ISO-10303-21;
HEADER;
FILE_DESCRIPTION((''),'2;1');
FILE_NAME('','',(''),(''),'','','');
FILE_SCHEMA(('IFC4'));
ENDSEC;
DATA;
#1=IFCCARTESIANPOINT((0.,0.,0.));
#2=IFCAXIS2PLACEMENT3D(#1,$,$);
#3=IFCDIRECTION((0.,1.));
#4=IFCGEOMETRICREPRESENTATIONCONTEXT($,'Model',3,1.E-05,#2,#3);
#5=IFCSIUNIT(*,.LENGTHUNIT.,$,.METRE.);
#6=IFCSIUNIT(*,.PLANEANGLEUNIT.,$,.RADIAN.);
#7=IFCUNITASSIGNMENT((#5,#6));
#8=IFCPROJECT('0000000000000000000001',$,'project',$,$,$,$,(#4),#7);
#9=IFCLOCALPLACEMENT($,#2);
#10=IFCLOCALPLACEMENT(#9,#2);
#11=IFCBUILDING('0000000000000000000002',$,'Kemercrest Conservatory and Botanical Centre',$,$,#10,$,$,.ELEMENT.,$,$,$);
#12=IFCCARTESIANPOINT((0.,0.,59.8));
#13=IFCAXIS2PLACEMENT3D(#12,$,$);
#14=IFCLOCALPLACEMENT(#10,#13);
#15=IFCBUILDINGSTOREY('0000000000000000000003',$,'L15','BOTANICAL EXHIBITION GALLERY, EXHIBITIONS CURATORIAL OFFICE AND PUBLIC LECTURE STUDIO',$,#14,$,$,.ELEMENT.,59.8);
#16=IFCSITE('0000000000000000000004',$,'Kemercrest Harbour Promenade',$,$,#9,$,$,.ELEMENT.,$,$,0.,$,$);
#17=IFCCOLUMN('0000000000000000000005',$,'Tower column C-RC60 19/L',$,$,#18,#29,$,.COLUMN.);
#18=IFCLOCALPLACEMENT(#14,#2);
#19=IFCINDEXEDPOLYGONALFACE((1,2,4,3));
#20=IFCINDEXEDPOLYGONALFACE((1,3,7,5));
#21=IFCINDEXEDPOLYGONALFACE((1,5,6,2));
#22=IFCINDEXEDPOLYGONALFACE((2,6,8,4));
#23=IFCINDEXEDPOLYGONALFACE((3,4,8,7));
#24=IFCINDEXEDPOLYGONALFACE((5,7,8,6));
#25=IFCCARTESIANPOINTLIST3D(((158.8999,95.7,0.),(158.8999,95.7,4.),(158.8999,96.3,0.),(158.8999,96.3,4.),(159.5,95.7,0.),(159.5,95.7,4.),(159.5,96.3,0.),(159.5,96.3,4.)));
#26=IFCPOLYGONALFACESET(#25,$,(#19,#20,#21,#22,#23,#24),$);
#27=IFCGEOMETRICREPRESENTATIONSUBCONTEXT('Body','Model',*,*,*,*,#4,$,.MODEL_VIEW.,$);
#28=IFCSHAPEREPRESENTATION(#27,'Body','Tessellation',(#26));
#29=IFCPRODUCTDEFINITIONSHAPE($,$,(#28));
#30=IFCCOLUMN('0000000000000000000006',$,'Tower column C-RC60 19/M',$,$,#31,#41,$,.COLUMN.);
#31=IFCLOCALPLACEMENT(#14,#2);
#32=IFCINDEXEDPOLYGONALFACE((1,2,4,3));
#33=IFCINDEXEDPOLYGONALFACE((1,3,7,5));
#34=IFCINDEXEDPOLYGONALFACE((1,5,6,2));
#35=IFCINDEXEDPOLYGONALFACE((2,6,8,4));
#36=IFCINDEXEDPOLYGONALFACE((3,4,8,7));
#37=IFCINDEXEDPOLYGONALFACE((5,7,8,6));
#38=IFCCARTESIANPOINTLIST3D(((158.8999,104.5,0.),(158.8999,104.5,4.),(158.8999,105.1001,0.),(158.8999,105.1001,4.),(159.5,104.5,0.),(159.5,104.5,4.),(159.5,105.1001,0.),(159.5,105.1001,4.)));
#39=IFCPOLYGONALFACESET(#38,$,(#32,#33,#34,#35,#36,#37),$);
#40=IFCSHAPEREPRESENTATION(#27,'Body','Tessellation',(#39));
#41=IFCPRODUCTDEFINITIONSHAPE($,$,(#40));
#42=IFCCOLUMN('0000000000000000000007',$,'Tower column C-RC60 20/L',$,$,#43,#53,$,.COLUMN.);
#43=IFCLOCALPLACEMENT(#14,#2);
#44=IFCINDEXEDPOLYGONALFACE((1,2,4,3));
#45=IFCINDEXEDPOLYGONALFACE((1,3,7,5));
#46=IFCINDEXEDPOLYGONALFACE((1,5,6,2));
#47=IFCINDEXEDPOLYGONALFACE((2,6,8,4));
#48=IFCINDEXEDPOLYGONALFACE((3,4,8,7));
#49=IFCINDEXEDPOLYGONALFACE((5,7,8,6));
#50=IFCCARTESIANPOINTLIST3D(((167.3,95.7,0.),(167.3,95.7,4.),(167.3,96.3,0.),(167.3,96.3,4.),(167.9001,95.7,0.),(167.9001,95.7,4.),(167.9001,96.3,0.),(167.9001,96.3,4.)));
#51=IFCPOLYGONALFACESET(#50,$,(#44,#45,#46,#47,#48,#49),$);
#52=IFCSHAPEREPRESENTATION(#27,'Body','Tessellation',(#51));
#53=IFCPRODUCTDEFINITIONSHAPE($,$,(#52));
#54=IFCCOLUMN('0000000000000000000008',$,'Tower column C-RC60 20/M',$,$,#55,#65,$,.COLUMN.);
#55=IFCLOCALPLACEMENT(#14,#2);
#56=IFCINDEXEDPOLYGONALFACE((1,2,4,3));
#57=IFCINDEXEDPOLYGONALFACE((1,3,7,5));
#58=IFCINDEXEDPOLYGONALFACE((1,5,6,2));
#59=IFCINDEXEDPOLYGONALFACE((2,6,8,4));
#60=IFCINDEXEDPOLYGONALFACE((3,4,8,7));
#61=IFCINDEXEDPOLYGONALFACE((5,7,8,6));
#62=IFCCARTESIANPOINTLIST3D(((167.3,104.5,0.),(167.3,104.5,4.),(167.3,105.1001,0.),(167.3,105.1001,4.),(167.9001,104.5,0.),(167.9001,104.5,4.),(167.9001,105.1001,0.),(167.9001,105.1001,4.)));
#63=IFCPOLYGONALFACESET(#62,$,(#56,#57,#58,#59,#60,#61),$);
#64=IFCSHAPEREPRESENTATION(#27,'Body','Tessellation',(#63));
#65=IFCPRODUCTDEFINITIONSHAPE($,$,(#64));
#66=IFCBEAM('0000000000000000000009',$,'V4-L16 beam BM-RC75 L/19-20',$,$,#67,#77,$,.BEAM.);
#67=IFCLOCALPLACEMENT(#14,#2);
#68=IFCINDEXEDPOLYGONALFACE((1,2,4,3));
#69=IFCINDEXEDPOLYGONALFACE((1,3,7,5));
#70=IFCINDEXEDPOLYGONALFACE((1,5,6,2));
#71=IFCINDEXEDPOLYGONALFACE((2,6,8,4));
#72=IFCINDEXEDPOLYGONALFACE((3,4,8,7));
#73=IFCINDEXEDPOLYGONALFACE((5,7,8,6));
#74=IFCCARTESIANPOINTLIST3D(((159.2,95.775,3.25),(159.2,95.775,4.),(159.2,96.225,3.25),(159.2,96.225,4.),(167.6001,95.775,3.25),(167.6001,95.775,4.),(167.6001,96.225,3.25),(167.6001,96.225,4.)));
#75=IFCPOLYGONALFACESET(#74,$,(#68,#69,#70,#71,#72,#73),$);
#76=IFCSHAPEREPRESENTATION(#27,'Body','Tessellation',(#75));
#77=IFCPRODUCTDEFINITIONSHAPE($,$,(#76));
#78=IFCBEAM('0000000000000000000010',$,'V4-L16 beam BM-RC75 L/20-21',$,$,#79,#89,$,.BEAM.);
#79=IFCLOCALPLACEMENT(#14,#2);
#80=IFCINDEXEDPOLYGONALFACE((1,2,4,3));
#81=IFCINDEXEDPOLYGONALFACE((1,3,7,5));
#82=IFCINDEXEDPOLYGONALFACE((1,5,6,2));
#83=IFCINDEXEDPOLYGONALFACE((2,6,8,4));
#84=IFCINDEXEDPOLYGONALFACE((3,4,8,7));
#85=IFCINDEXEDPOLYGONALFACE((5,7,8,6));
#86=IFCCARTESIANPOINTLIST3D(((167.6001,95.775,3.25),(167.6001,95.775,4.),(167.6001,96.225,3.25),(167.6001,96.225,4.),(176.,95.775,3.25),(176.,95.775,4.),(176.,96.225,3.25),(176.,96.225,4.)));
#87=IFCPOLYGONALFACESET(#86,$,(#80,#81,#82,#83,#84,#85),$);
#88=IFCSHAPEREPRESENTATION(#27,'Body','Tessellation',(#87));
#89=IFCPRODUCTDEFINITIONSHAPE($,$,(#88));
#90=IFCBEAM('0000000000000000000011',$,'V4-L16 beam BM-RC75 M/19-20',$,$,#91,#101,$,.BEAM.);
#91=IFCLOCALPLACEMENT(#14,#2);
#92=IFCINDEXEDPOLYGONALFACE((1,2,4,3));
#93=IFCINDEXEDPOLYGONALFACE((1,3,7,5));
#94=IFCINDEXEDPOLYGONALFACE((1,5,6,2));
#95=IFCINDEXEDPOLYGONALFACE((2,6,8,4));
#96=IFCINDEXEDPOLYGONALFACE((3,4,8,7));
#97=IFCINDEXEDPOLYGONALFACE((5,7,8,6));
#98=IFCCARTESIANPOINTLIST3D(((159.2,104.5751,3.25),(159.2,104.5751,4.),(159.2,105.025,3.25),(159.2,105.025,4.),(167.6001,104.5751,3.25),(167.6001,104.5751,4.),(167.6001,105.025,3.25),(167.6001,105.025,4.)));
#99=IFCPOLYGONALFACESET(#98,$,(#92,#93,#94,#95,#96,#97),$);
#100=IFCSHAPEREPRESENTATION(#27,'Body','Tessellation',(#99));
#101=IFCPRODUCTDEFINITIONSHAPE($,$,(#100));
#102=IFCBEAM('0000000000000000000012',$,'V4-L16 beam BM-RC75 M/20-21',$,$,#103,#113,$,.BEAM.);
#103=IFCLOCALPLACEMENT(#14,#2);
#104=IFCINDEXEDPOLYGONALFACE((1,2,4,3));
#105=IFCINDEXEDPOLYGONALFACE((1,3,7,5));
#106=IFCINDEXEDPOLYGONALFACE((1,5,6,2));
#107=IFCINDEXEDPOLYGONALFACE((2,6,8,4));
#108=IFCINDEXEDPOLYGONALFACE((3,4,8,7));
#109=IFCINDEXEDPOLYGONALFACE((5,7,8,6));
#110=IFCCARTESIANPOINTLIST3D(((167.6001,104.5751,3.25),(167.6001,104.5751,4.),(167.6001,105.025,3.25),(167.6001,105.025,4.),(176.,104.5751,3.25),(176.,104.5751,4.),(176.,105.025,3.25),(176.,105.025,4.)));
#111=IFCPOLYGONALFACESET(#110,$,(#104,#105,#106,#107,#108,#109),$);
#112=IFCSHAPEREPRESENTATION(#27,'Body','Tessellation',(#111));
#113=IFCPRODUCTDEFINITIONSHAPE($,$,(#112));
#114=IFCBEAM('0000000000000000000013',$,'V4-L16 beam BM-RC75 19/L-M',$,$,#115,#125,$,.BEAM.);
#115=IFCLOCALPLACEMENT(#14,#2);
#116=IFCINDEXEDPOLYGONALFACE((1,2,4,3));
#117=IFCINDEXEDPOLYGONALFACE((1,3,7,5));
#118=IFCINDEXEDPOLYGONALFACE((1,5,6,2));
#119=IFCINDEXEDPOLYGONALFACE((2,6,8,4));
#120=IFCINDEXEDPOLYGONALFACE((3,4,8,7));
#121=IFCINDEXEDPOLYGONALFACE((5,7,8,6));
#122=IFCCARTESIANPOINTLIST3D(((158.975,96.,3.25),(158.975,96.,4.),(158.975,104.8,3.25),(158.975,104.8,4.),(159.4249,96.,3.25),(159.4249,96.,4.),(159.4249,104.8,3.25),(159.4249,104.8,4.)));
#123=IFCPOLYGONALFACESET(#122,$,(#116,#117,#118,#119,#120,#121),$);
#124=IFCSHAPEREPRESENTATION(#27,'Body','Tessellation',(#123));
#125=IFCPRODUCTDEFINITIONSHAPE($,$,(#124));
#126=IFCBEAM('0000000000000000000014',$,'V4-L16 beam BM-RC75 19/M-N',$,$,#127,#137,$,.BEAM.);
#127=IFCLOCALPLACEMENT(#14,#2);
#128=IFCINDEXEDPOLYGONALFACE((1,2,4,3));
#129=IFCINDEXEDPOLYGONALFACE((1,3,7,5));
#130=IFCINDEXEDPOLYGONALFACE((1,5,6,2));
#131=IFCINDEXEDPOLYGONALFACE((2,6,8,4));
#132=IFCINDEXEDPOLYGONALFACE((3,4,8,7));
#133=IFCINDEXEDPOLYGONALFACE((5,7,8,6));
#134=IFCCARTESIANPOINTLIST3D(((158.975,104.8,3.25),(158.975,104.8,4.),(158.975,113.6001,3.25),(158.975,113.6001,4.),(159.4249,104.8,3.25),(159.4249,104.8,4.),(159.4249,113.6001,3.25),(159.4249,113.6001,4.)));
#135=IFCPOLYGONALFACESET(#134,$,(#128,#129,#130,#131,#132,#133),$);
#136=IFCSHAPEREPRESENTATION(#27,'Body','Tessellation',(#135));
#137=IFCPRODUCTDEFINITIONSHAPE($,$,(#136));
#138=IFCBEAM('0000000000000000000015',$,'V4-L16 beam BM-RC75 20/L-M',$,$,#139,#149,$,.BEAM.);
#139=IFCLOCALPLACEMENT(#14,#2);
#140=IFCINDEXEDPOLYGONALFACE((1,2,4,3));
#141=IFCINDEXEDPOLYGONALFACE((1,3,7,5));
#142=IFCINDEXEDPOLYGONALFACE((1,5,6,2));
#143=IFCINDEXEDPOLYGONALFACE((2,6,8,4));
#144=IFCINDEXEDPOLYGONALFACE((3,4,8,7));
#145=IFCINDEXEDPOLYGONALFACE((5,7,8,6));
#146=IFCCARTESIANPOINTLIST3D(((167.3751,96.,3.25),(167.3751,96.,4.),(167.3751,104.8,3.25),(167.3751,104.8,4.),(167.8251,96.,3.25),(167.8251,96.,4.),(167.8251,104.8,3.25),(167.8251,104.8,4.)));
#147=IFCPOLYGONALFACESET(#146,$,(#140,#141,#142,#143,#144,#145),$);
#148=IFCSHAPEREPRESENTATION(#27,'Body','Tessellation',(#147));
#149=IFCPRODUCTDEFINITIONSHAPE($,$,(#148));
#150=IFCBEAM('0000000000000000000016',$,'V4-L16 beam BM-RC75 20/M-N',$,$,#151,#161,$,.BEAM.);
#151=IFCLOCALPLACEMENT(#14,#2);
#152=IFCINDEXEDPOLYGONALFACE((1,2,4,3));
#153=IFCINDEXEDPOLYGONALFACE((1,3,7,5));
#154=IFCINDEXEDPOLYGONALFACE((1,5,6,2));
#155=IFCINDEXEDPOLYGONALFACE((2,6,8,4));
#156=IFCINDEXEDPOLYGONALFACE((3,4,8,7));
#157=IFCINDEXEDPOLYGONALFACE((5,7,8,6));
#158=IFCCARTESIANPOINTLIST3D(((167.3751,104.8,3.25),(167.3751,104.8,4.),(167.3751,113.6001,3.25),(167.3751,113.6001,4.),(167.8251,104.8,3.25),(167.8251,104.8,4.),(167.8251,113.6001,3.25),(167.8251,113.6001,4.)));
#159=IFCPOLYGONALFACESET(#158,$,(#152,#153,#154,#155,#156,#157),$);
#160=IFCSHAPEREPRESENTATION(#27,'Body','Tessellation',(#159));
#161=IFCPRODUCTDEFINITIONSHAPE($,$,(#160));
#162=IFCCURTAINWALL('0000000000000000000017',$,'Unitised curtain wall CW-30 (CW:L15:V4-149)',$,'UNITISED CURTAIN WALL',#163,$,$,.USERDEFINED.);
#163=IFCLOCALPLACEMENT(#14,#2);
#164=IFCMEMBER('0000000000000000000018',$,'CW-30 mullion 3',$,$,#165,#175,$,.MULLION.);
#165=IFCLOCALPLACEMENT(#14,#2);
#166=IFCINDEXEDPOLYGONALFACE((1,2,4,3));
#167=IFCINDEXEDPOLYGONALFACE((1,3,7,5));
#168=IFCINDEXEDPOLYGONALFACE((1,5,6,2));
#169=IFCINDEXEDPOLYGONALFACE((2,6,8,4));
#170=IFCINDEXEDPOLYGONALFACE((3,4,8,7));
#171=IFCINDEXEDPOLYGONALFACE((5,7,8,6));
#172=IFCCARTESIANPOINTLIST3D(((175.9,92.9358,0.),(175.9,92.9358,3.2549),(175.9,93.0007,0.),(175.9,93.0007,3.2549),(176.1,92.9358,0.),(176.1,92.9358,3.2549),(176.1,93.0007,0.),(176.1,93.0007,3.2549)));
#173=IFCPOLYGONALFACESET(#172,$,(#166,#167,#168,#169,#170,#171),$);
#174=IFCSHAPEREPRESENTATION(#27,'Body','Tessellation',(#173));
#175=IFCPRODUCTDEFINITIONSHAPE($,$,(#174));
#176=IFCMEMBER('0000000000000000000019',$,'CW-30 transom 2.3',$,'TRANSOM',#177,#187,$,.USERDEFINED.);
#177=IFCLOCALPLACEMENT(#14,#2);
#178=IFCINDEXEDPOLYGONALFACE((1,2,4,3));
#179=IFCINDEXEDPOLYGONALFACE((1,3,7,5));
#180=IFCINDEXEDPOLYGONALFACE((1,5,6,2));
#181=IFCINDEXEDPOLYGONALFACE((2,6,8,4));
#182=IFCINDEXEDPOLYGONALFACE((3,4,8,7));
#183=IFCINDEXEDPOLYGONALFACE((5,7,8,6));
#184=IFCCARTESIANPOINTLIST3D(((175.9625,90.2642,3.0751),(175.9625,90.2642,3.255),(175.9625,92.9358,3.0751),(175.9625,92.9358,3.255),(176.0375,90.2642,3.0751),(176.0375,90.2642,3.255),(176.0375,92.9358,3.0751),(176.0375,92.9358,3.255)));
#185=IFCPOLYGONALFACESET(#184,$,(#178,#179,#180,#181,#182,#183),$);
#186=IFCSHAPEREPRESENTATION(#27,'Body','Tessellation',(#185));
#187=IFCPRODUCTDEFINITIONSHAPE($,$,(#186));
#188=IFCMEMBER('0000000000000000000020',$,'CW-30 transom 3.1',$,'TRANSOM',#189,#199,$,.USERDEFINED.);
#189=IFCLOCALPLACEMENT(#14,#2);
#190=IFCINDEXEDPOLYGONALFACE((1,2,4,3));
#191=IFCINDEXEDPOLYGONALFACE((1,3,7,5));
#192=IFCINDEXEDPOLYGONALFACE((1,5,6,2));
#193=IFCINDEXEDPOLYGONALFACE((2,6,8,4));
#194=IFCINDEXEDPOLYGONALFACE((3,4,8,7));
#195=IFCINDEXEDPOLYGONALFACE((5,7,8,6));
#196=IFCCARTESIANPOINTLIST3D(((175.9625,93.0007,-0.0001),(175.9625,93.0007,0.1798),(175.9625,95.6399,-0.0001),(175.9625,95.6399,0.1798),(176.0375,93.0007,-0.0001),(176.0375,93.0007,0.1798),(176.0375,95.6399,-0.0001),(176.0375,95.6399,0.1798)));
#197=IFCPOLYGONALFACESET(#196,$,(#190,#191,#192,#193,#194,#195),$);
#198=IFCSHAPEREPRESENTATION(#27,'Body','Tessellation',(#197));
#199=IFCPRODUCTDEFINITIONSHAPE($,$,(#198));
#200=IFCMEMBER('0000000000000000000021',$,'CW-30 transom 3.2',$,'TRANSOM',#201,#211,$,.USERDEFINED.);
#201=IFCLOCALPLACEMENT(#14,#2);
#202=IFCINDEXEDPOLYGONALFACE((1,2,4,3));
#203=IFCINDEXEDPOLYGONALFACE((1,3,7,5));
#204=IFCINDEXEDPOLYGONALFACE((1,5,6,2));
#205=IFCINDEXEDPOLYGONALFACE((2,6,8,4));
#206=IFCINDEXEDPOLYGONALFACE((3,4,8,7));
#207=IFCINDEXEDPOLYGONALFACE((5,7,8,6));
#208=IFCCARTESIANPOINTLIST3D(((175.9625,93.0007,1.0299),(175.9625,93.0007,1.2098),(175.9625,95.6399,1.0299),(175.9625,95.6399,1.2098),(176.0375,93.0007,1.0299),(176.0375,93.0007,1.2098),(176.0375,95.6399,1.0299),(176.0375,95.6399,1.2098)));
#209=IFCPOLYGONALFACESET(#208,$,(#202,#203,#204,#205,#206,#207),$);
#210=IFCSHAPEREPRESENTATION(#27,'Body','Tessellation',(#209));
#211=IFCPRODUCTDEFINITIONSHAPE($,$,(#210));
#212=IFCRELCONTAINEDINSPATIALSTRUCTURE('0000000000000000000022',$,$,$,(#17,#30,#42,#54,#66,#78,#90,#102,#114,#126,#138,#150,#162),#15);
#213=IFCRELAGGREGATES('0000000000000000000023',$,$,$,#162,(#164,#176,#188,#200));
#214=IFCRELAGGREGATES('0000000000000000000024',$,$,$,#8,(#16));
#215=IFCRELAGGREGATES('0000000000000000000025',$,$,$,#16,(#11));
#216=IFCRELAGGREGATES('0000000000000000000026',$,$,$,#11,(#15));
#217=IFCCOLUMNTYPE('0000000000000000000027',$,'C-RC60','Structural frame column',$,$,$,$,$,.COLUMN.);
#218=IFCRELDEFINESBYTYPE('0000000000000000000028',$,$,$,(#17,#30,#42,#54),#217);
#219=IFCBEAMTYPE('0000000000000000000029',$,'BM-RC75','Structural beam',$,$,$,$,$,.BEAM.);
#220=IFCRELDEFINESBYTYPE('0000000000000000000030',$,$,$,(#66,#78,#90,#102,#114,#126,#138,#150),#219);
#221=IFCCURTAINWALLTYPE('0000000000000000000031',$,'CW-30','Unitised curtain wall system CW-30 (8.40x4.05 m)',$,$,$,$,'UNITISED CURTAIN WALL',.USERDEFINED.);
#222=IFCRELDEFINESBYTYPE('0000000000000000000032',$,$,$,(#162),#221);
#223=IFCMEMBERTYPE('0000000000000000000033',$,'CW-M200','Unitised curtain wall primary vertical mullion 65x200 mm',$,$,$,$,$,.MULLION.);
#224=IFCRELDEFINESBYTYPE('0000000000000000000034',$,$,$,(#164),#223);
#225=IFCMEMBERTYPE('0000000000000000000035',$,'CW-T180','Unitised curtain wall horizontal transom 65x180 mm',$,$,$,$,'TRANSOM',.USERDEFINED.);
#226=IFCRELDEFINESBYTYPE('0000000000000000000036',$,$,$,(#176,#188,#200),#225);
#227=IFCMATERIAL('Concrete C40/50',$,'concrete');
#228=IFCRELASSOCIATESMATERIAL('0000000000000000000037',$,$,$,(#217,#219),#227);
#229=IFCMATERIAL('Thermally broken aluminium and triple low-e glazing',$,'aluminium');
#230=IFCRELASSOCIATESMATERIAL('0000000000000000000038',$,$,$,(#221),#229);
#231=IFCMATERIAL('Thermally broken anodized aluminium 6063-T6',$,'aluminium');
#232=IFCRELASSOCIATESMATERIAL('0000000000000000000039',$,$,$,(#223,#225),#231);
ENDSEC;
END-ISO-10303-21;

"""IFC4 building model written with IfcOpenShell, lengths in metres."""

from ifc_helpers import new_model, si_unit, direction, frame, origin, origin_2d, place, context, subcontext, project, spatial, rectangle, extrude, material, material_profile, profile_set, type_object, element, aggregate, save


model = new_model("IFC4")

# Units and contexts
model_context = context("Model", 3, precision=1e-05, world=origin(), true_north=direction((0.0, 1.0)))
body_context = subcontext(model_context, "Body", "Model", "MODEL_VIEW")
ifc_project = project(units=[si_unit("LENGTHUNIT", "METRE"), si_unit("PLANEANGLEUNIT", "RADIAN")], contexts=[model_context])

# Site, building, storey
site_placement = place(None, origin())
site = spatial("IfcSite", under=ifc_project, at=site_placement, Name="Kemercrest Harbour Promenade", CompositionType="ELEMENT", RefElevation=0.0)
building_placement = place(site_placement, origin())
building = spatial("IfcBuilding", under=site, at=building_placement, Name="Kemercrest Conservatory and Botanical Centre", CompositionType="ELEMENT")
storey_placement = place(building_placement, frame((0.0, 0.0, 59.8)))
storey = spatial("IfcBuildingStorey", under=building, at=storey_placement, Name="L15", Description="BOTANICAL EXHIBITION GALLERY, EXHIBITIONS CURATORIAL OFFICE AND PUBLIC LECTURE STUDIO", CompositionType="ELEMENT", Elevation=59.8)

# Columns
ifc_material_1 = material(Name="Concrete C40/50", Category="concrete")
ifc_material_profile_1 = material_profile(ifc_material_1, rectangle(XDim=0.6001, YDim=0.6001, at=origin_2d()), Name="RC 600x600")
ifc_profile_set_1 = profile_set([ifc_material_profile_1], Name="Concrete C40/50")
column_type = type_object("IfcColumnType", Name="C-RC60", Description="Structural frame column", PredefinedType="COLUMN", material=ifc_profile_set_1)
for number, where, z_axis, x_axis, name in (
    (1, (159.2, 96.0, 0.0), (0.0, 0.0, 1.0), (1.0, 0.0, 0.0), "Tower column C-RC60 19/L"),
    (2, (159.2, 104.8, 0.0), (0.0, 0.0, 1.0), (1.0, 0.0, 0.0), "Tower column C-RC60 19/M"),
    (3, (167.6001, 96.0, 0.0), (0.0, 0.0, 1.0), (1.0, 0.0, 0.0), "Tower column C-RC60 20/L"),
    (4, (167.6001, 104.8, 0.0), (0.0, 0.0, 1.0), (1.0, 0.0, 0.0), "Tower column C-RC60 20/M"),
):
    element("IfcColumn", number, at=place(storey_placement, frame(where, z_axis=z_axis, x_axis=x_axis)), inside=storey, type_object=column_type, Name=name, PredefinedType="COLUMN", context=body_context, shape_type="SweptSolid", body=[
        extrude(rectangle(XDim=0.6001, YDim=0.6001, at=origin_2d()), origin(), (0.0, 0.0, 1.0), 4.0),
    ])

# Beams
ifc_material_profile_2 = material_profile(ifc_material_1, rectangle(XDim=0.45, YDim=0.75, at=origin_2d()), Name="RC 450x750")
ifc_profile_set_2 = profile_set([ifc_material_profile_2], Name="Concrete C40/50")
beam_type_1 = type_object("IfcBeamType", Name="BM-RC75", Description="Structural beam", PredefinedType="BEAM", material=ifc_profile_set_2)
beam_1_placement = place(storey_placement, frame((159.2, 96.0, 3.625), z_axis=(1.0, 0.0, 0.0), x_axis=(0.0, 1.0, 0.0)))
element("IfcBeam", 5, at=beam_1_placement, inside=storey, type_object=beam_type_1, Name="V4-L16 beam BM-RC75 L/19-20", PredefinedType="BEAM", context=body_context, shape_type="SweptSolid", body=[
    extrude(rectangle(XDim=0.45, YDim=0.75, at=origin_2d()), origin(), (0.0, 0.0, 1.0), 8.4001),
])
beam_2_placement = place(storey_placement, frame((167.6001, 96.0, 3.625), z_axis=(1.0, 0.0, 0.0), x_axis=(0.0, 1.0, 0.0)))
element("IfcBeam", 6, at=beam_2_placement, inside=storey, type_object=beam_type_1, Name="V4-L16 beam BM-RC75 L/20-21", PredefinedType="BEAM", context=body_context, shape_type="SweptSolid", body=[
    extrude(rectangle(XDim=0.45, YDim=0.75, at=origin_2d()), origin(), (0.0, 0.0, 1.0), 8.3999),
])
beam_3_placement = place(storey_placement, frame((159.2, 104.8, 3.625), z_axis=(1.0, 0.0, 0.0), x_axis=(0.0, 1.0, 0.0)))
element("IfcBeam", 7, at=beam_3_placement, inside=storey, type_object=beam_type_1, Name="V4-L16 beam BM-RC75 M/19-20", PredefinedType="BEAM", context=body_context, shape_type="SweptSolid", body=[
    extrude(rectangle(XDim=0.45, YDim=0.75, at=origin_2d()), origin(), (0.0, 0.0, 1.0), 8.4001),
])
beam_4_placement = place(storey_placement, frame((167.6001, 104.8, 3.625), z_axis=(1.0, 0.0, 0.0), x_axis=(0.0, 1.0, 0.0)))
element("IfcBeam", 8, at=beam_4_placement, inside=storey, type_object=beam_type_1, Name="V4-L16 beam BM-RC75 M/20-21", PredefinedType="BEAM", context=body_context, shape_type="SweptSolid", body=[
    extrude(rectangle(XDim=0.45, YDim=0.75, at=origin_2d()), origin(), (0.0, 0.0, 1.0), 8.3999),
])
for number, where, z_axis, x_axis, name in (
    (9, (159.2, 96.0, 3.625), (0.0, 1.0, 0.0), (-1.0, 0.0, 0.0), "V4-L16 beam BM-RC75 19/L-M"),
    (10, (159.2, 104.8, 3.625), (0.0, 1.0, 0.0), (-1.0, 0.0, 0.0), "V4-L16 beam BM-RC75 19/M-N"),
    (11, (167.6001, 96.0, 3.625), (0.0, 1.0, 0.0), (-1.0, 0.0, 0.0), "V4-L16 beam BM-RC75 20/L-M"),
    (12, (167.6001, 104.8, 3.625), (0.0, 1.0, 0.0), (-1.0, 0.0, 0.0), "V4-L16 beam BM-RC75 20/M-N"),
):
    element("IfcBeam", number, at=place(storey_placement, frame(where, z_axis=z_axis, x_axis=x_axis)), inside=storey, type_object=beam_type_1, Name=name, PredefinedType="BEAM", context=body_context, shape_type="SweptSolid", body=[
        extrude(rectangle(XDim=0.45, YDim=0.75, at=origin_2d()), origin(), (0.0, 0.0, 1.0), 8.8),
    ])

# Curtain wall, members
ifc_material_2 = material(Name="Thermally broken aluminium and triple low-e glazing", Category="aluminium")
curtain_wall_type = type_object("IfcCurtainWallType", Name="CW-30", Description="Unitised curtain wall system CW-30 (8.40x4.05 m)", ElementType="UNITISED CURTAIN WALL", PredefinedType="USERDEFINED", material=ifc_material_2)
curtain_wall_placement = place(storey_placement, origin())
curtain_wall = element("IfcCurtainWall", 13, at=curtain_wall_placement, inside=storey, type_object=curtain_wall_type, Name="Unitised curtain wall CW-30 (CW:L15:V4-149)", ObjectType="UNITISED CURTAIN WALL", PredefinedType="USERDEFINED")
ifc_material_3 = material(Name="Thermally broken anodized aluminium 6063-T6", Category="aluminium")
ifc_material_profile_3 = material_profile(ifc_material_3, rectangle(XDim=0.2, YDim=0.0649, at=origin_2d()), Name="AL MULLION 65x200")
ifc_profile_set_3 = profile_set([ifc_material_profile_3], Name="Thermally broken anodized aluminium 6063-T6")
member_type_1 = type_object("IfcMemberType", Name="CW-M200", Description="Unitised curtain wall primary vertical mullion 65x200 mm", PredefinedType="MULLION", material=ifc_profile_set_3)
member_1_placement = place(storey_placement, frame((176.0, 92.9683, 0.0), z_axis=(0.0, 0.0, 1.0), x_axis=(-1.0, 0.0, 0.0)))
member_1 = element("IfcMember", 14, at=member_1_placement, type_object=member_type_1, Name="CW-30 mullion 3", PredefinedType="MULLION", context=body_context, shape_type="SweptSolid", body=[
    extrude(rectangle(XDim=0.2, YDim=0.0649, at=origin_2d()), origin(), (0.0, 0.0, 1.0), 3.2549),
])
ifc_material_profile_4 = material_profile(ifc_material_3, rectangle(XDim=0.075, YDim=0.1799, at=origin_2d()), Name="AL TRANSOM 75x180")
ifc_profile_set_4 = profile_set([ifc_material_profile_4], Name="Thermally broken anodized aluminium 6063-T6")
member_type_2 = type_object("IfcMemberType", Name="CW-T180", Description="Unitised curtain wall horizontal transom 65x180 mm", ElementType="TRANSOM", PredefinedType="USERDEFINED", material=ifc_profile_set_4)
member_2_placement = place(storey_placement, frame((176.0, 90.2642, 3.165), z_axis=(0.0, 1.0, 0.0), x_axis=(-1.0, 0.0, 0.0)))
member_2 = element("IfcMember", 15, at=member_2_placement, type_object=member_type_2, Name="CW-30 transom 2.3", ObjectType="TRANSOM", PredefinedType="USERDEFINED", context=body_context, shape_type="SweptSolid", body=[
    extrude(rectangle(XDim=0.075, YDim=0.1799, at=origin_2d()), origin(), (0.0, 0.0, 1.0), 2.6716),
])
member_3_placement = place(storey_placement, frame((176.0, 93.0007, 0.0898), z_axis=(0.0, 1.0, 0.0), x_axis=(-1.0, 0.0, 0.0)))
member_3 = element("IfcMember", 16, at=member_3_placement, type_object=member_type_2, Name="CW-30 transom 3.1", ObjectType="TRANSOM", PredefinedType="USERDEFINED", context=body_context, shape_type="SweptSolid", body=[
    extrude(rectangle(XDim=0.075, YDim=0.1799, at=origin_2d()), origin(), (0.0, 0.0, 1.0), 2.6392),
])
member_4_placement = place(storey_placement, frame((176.0, 93.0007, 1.1199), z_axis=(0.0, 1.0, 0.0), x_axis=(-1.0, 0.0, 0.0)))
member_4 = element("IfcMember", 17, at=member_4_placement, type_object=member_type_2, Name="CW-30 transom 3.2", ObjectType="TRANSOM", PredefinedType="USERDEFINED", context=body_context, shape_type="SweptSolid", body=[
    extrude(rectangle(XDim=0.075, YDim=0.1799, at=origin_2d()), origin(), (0.0, 0.0, 1.0), 2.6392),
])

aggregate(curtain_wall, [member_1, member_2, member_3, member_4])

save(model, "model.ifc")
